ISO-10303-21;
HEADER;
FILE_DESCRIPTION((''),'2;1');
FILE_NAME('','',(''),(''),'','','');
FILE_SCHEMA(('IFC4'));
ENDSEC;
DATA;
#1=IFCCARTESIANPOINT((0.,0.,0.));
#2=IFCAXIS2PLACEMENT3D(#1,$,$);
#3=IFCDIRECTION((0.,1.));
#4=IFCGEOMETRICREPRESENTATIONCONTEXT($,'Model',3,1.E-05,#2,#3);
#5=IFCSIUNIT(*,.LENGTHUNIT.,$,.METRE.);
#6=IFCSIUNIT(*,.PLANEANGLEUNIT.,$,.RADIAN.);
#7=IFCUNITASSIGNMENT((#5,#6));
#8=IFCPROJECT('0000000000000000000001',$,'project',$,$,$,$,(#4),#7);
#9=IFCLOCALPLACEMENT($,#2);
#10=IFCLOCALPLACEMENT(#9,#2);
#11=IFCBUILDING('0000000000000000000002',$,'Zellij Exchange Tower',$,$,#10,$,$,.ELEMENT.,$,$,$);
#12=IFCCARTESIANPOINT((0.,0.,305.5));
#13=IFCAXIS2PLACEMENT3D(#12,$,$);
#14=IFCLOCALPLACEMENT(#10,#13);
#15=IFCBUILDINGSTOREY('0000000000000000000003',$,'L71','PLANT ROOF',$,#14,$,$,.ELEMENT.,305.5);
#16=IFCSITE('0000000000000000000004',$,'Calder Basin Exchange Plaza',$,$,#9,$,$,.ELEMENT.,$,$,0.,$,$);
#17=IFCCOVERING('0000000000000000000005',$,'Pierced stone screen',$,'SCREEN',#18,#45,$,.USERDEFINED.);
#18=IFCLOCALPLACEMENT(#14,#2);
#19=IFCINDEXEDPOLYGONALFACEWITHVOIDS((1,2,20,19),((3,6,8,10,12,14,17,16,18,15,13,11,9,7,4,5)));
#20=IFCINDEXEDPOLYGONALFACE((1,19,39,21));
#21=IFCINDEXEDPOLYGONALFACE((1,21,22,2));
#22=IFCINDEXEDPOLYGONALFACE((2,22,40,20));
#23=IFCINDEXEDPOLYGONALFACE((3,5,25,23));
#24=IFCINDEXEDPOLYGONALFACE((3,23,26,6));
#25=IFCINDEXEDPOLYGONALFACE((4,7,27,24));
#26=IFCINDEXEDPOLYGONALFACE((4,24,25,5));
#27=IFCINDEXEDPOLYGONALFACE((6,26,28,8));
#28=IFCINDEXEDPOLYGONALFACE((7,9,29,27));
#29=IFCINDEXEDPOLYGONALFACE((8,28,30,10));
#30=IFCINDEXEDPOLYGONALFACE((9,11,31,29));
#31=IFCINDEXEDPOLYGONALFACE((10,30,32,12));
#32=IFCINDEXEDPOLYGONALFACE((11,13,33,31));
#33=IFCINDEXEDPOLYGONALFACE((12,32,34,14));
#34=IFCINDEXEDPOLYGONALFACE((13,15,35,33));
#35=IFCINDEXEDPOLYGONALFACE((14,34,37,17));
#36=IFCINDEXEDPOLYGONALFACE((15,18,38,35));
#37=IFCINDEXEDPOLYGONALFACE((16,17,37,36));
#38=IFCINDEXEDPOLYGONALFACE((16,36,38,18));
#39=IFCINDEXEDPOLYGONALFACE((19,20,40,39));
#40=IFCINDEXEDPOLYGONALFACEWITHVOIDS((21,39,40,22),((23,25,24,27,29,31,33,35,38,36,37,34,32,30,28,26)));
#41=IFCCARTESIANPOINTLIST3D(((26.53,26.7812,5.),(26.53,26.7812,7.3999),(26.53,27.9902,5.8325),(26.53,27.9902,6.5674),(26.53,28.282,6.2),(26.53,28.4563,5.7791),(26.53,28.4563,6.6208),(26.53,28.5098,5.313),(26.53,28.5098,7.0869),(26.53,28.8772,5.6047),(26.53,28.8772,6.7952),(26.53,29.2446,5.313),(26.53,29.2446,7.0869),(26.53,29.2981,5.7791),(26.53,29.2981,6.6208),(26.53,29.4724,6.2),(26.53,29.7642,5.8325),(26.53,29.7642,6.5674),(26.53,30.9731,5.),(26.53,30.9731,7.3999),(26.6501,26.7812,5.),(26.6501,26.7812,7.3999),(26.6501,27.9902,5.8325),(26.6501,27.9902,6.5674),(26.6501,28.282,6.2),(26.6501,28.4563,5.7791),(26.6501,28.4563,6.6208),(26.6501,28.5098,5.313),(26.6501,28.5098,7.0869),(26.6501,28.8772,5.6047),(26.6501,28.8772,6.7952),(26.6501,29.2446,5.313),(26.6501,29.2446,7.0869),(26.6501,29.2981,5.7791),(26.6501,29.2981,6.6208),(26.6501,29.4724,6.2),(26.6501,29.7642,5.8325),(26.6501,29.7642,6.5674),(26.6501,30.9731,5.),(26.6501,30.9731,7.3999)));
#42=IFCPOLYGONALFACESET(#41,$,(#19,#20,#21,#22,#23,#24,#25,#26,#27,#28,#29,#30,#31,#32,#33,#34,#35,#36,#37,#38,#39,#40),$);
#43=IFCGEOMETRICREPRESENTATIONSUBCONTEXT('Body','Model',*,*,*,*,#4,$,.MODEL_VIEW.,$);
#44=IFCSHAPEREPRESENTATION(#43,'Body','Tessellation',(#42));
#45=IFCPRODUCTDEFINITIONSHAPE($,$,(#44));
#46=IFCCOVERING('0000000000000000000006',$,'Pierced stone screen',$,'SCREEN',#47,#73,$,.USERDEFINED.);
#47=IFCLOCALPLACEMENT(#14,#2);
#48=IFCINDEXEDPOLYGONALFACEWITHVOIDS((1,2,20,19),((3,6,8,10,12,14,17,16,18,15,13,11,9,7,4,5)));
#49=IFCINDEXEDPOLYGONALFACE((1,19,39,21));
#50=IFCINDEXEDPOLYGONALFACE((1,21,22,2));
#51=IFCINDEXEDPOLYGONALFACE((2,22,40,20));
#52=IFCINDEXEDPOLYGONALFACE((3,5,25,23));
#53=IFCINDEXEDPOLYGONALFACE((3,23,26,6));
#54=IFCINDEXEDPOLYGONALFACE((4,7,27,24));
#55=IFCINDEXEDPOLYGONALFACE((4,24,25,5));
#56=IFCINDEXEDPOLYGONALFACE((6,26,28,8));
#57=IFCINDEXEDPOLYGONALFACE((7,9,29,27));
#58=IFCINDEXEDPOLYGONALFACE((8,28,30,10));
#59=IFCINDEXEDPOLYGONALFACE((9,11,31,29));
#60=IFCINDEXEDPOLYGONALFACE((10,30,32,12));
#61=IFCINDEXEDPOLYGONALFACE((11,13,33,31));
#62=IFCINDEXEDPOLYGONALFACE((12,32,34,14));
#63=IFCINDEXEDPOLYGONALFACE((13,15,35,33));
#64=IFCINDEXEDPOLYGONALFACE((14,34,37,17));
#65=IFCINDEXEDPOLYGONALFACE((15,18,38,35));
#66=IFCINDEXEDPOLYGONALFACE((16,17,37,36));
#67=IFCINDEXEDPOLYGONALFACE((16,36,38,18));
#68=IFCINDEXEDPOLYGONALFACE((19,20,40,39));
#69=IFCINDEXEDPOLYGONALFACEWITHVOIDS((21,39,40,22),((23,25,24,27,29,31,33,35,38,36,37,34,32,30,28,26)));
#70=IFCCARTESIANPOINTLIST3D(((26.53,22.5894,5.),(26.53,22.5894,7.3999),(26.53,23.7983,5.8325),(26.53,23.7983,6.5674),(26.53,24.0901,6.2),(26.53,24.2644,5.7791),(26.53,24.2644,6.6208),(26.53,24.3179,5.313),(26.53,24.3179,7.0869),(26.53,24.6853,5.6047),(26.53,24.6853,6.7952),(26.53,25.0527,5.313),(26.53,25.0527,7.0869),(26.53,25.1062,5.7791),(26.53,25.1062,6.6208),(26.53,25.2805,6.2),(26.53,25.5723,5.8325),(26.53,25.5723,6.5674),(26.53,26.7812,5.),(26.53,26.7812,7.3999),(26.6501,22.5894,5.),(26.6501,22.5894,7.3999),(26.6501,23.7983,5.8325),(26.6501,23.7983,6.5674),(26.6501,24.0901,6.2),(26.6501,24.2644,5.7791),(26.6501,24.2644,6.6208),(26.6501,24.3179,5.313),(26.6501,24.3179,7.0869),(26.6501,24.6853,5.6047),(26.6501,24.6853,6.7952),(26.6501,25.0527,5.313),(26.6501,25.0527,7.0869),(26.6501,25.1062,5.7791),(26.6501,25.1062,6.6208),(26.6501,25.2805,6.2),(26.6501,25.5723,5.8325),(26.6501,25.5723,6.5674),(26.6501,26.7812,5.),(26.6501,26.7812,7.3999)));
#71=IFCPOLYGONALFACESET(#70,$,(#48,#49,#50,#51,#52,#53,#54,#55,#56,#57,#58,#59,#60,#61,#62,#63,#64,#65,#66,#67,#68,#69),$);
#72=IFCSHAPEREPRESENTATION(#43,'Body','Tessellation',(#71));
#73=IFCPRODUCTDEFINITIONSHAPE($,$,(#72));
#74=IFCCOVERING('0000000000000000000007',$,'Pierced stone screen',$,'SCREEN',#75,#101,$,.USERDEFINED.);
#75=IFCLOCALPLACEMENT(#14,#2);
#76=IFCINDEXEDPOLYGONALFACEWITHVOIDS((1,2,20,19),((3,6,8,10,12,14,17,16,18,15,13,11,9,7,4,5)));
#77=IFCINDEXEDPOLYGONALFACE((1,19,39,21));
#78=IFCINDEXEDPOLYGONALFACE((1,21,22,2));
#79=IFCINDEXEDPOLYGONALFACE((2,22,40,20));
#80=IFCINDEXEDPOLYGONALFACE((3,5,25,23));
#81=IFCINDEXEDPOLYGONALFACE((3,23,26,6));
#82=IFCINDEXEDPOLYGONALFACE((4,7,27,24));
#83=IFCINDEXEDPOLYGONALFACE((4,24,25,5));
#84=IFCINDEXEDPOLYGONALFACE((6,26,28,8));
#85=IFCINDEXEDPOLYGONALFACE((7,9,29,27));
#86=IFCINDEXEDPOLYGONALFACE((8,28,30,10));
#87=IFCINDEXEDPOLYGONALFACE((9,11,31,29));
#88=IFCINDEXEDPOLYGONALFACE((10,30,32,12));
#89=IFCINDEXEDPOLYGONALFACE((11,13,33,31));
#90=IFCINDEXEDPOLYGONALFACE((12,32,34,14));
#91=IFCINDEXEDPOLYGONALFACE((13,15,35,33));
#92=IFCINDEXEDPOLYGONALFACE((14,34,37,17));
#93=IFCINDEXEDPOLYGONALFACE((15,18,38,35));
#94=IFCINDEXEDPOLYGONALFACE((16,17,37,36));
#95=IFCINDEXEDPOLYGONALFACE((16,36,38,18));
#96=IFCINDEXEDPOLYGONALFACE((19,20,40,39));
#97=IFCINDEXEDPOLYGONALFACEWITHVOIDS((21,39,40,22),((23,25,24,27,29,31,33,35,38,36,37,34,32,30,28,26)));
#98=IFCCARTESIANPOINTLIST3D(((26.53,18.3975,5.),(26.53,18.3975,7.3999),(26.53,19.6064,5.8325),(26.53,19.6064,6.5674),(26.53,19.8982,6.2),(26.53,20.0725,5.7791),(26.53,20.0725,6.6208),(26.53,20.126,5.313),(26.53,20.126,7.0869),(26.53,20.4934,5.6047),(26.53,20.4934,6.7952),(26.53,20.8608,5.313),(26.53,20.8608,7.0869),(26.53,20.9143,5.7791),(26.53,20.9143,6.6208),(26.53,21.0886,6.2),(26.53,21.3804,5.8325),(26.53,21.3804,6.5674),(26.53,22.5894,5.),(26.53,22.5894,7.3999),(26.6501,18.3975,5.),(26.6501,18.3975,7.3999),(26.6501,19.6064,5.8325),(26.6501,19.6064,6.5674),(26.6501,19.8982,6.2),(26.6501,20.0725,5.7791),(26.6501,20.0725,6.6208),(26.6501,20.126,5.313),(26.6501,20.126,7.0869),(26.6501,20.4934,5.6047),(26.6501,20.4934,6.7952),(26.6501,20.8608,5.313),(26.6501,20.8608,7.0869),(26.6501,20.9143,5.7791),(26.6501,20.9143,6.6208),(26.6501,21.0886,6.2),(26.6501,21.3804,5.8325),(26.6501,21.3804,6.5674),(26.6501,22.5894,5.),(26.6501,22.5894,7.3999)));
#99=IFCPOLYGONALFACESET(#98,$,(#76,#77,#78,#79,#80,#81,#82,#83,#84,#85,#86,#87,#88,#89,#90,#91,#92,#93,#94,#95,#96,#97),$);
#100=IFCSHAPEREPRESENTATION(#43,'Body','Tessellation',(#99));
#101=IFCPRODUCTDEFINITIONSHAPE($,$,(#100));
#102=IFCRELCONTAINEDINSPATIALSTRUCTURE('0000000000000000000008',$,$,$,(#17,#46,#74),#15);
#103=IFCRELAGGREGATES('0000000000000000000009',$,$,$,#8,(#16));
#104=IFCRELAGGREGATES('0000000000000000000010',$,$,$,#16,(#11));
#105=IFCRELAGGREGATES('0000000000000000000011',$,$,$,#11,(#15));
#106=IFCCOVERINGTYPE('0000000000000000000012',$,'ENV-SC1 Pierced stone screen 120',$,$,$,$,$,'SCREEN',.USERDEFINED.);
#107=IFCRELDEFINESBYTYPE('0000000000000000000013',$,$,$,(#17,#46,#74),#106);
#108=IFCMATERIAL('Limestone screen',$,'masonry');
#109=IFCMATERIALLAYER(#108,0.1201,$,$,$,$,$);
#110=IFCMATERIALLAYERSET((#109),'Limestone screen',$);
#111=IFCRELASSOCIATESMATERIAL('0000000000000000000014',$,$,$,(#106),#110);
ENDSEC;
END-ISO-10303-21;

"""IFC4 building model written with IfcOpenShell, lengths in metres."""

from ifc_helpers import new_model, si_unit, direction, frame, origin, place, context, subcontext, project, spatial, polyline, outline, extrude, material, layer, layer_set, type_object, element, save


model = new_model("IFC4")

# Units and contexts
model_context = context("Model", 3, precision=1e-05, world=origin(), true_north=direction((0.0, 1.0)))
body_context = subcontext(model_context, "Body", "Model", "MODEL_VIEW")
ifc_project = project(units=[si_unit("LENGTHUNIT", "METRE"), si_unit("PLANEANGLEUNIT", "RADIAN")], contexts=[model_context])

# Site, building, storey
site_placement = place(None, origin())
site = spatial("IfcSite", under=ifc_project, at=site_placement, Name="Calder Basin Exchange Plaza", CompositionType="ELEMENT", RefElevation=0.0)
building_placement = place(site_placement, origin())
building = spatial("IfcBuilding", under=site, at=building_placement, Name="Zellij Exchange Tower", CompositionType="ELEMENT")
storey_placement = place(building_placement, frame((0.0, 0.0, 305.5)))
storey = spatial("IfcBuildingStorey", under=building, at=storey_placement, Name="L71", Description="PLANT ROOF", CompositionType="ELEMENT", Elevation=305.5)

# Coverings
ifc_material_1 = material(Name="Limestone screen", Category="masonry")
ifc_layer_1 = layer(ifc_material_1, 0.1201)
ifc_layer_set_1 = layer_set([ifc_layer_1], Name="Limestone screen")
covering_type = type_object("IfcCoveringType", Name="ENV-SC1 Pierced stone screen 120", ElementType="SCREEN", PredefinedType="USERDEFINED", material=ifc_layer_set_1)
for number, where, z_axis, x_axis, name in (
    (1, (26.5901, 30.9731, 5.0), (0.0, 0.0, 1.0), (0.0, -1.0, 0.0), "Pierced stone screen"),
    (2, (26.5901, 26.7812, 5.0), (0.0, 0.0, 1.0), (0.0, -1.0, 0.0), "Pierced stone screen"),
    (3, (26.5901, 22.5894, 5.0), (0.0, 0.0, 1.0), (0.0, -1.0, 0.0), "Pierced stone screen"),
):
    element("IfcCovering", number, at=place(storey_placement, frame(where, z_axis=z_axis, x_axis=x_axis)), inside=storey, type_object=covering_type, Name=name, ObjectType="SCREEN", PredefinedType="USERDEFINED", context=body_context, shape_type="SweptSolid", body=[
        extrude(outline(polyline([(0.0, 0.0), (4.1919, 0.0), (4.1919, 2.3999), (0.0, 2.3999), (0.0, 0.0)]), holes=[polyline([(2.9829, 1.5674), (2.5168, 1.6208), (2.4634, 2.0869), (2.0959, 1.7952), (1.7285, 2.0869), (1.675, 1.6208), (1.209, 1.5674), (1.5007, 1.2), (1.209, 0.8325), (1.675, 0.7791), (1.7285, 0.313), (2.0959, 0.6047), (2.4634, 0.313), (2.5168, 0.7791), (2.9829, 0.8325), (2.6912, 1.2), (2.9829, 1.5674)])]), frame((0.0, 0.0601, 0.0), z_axis=(0.0, -1.0, 0.0), x_axis=(1.0, 0.0, 0.0)), (0.0, 0.0, 1.0), 0.1201),
    ])

save(model, "model.ifc")
